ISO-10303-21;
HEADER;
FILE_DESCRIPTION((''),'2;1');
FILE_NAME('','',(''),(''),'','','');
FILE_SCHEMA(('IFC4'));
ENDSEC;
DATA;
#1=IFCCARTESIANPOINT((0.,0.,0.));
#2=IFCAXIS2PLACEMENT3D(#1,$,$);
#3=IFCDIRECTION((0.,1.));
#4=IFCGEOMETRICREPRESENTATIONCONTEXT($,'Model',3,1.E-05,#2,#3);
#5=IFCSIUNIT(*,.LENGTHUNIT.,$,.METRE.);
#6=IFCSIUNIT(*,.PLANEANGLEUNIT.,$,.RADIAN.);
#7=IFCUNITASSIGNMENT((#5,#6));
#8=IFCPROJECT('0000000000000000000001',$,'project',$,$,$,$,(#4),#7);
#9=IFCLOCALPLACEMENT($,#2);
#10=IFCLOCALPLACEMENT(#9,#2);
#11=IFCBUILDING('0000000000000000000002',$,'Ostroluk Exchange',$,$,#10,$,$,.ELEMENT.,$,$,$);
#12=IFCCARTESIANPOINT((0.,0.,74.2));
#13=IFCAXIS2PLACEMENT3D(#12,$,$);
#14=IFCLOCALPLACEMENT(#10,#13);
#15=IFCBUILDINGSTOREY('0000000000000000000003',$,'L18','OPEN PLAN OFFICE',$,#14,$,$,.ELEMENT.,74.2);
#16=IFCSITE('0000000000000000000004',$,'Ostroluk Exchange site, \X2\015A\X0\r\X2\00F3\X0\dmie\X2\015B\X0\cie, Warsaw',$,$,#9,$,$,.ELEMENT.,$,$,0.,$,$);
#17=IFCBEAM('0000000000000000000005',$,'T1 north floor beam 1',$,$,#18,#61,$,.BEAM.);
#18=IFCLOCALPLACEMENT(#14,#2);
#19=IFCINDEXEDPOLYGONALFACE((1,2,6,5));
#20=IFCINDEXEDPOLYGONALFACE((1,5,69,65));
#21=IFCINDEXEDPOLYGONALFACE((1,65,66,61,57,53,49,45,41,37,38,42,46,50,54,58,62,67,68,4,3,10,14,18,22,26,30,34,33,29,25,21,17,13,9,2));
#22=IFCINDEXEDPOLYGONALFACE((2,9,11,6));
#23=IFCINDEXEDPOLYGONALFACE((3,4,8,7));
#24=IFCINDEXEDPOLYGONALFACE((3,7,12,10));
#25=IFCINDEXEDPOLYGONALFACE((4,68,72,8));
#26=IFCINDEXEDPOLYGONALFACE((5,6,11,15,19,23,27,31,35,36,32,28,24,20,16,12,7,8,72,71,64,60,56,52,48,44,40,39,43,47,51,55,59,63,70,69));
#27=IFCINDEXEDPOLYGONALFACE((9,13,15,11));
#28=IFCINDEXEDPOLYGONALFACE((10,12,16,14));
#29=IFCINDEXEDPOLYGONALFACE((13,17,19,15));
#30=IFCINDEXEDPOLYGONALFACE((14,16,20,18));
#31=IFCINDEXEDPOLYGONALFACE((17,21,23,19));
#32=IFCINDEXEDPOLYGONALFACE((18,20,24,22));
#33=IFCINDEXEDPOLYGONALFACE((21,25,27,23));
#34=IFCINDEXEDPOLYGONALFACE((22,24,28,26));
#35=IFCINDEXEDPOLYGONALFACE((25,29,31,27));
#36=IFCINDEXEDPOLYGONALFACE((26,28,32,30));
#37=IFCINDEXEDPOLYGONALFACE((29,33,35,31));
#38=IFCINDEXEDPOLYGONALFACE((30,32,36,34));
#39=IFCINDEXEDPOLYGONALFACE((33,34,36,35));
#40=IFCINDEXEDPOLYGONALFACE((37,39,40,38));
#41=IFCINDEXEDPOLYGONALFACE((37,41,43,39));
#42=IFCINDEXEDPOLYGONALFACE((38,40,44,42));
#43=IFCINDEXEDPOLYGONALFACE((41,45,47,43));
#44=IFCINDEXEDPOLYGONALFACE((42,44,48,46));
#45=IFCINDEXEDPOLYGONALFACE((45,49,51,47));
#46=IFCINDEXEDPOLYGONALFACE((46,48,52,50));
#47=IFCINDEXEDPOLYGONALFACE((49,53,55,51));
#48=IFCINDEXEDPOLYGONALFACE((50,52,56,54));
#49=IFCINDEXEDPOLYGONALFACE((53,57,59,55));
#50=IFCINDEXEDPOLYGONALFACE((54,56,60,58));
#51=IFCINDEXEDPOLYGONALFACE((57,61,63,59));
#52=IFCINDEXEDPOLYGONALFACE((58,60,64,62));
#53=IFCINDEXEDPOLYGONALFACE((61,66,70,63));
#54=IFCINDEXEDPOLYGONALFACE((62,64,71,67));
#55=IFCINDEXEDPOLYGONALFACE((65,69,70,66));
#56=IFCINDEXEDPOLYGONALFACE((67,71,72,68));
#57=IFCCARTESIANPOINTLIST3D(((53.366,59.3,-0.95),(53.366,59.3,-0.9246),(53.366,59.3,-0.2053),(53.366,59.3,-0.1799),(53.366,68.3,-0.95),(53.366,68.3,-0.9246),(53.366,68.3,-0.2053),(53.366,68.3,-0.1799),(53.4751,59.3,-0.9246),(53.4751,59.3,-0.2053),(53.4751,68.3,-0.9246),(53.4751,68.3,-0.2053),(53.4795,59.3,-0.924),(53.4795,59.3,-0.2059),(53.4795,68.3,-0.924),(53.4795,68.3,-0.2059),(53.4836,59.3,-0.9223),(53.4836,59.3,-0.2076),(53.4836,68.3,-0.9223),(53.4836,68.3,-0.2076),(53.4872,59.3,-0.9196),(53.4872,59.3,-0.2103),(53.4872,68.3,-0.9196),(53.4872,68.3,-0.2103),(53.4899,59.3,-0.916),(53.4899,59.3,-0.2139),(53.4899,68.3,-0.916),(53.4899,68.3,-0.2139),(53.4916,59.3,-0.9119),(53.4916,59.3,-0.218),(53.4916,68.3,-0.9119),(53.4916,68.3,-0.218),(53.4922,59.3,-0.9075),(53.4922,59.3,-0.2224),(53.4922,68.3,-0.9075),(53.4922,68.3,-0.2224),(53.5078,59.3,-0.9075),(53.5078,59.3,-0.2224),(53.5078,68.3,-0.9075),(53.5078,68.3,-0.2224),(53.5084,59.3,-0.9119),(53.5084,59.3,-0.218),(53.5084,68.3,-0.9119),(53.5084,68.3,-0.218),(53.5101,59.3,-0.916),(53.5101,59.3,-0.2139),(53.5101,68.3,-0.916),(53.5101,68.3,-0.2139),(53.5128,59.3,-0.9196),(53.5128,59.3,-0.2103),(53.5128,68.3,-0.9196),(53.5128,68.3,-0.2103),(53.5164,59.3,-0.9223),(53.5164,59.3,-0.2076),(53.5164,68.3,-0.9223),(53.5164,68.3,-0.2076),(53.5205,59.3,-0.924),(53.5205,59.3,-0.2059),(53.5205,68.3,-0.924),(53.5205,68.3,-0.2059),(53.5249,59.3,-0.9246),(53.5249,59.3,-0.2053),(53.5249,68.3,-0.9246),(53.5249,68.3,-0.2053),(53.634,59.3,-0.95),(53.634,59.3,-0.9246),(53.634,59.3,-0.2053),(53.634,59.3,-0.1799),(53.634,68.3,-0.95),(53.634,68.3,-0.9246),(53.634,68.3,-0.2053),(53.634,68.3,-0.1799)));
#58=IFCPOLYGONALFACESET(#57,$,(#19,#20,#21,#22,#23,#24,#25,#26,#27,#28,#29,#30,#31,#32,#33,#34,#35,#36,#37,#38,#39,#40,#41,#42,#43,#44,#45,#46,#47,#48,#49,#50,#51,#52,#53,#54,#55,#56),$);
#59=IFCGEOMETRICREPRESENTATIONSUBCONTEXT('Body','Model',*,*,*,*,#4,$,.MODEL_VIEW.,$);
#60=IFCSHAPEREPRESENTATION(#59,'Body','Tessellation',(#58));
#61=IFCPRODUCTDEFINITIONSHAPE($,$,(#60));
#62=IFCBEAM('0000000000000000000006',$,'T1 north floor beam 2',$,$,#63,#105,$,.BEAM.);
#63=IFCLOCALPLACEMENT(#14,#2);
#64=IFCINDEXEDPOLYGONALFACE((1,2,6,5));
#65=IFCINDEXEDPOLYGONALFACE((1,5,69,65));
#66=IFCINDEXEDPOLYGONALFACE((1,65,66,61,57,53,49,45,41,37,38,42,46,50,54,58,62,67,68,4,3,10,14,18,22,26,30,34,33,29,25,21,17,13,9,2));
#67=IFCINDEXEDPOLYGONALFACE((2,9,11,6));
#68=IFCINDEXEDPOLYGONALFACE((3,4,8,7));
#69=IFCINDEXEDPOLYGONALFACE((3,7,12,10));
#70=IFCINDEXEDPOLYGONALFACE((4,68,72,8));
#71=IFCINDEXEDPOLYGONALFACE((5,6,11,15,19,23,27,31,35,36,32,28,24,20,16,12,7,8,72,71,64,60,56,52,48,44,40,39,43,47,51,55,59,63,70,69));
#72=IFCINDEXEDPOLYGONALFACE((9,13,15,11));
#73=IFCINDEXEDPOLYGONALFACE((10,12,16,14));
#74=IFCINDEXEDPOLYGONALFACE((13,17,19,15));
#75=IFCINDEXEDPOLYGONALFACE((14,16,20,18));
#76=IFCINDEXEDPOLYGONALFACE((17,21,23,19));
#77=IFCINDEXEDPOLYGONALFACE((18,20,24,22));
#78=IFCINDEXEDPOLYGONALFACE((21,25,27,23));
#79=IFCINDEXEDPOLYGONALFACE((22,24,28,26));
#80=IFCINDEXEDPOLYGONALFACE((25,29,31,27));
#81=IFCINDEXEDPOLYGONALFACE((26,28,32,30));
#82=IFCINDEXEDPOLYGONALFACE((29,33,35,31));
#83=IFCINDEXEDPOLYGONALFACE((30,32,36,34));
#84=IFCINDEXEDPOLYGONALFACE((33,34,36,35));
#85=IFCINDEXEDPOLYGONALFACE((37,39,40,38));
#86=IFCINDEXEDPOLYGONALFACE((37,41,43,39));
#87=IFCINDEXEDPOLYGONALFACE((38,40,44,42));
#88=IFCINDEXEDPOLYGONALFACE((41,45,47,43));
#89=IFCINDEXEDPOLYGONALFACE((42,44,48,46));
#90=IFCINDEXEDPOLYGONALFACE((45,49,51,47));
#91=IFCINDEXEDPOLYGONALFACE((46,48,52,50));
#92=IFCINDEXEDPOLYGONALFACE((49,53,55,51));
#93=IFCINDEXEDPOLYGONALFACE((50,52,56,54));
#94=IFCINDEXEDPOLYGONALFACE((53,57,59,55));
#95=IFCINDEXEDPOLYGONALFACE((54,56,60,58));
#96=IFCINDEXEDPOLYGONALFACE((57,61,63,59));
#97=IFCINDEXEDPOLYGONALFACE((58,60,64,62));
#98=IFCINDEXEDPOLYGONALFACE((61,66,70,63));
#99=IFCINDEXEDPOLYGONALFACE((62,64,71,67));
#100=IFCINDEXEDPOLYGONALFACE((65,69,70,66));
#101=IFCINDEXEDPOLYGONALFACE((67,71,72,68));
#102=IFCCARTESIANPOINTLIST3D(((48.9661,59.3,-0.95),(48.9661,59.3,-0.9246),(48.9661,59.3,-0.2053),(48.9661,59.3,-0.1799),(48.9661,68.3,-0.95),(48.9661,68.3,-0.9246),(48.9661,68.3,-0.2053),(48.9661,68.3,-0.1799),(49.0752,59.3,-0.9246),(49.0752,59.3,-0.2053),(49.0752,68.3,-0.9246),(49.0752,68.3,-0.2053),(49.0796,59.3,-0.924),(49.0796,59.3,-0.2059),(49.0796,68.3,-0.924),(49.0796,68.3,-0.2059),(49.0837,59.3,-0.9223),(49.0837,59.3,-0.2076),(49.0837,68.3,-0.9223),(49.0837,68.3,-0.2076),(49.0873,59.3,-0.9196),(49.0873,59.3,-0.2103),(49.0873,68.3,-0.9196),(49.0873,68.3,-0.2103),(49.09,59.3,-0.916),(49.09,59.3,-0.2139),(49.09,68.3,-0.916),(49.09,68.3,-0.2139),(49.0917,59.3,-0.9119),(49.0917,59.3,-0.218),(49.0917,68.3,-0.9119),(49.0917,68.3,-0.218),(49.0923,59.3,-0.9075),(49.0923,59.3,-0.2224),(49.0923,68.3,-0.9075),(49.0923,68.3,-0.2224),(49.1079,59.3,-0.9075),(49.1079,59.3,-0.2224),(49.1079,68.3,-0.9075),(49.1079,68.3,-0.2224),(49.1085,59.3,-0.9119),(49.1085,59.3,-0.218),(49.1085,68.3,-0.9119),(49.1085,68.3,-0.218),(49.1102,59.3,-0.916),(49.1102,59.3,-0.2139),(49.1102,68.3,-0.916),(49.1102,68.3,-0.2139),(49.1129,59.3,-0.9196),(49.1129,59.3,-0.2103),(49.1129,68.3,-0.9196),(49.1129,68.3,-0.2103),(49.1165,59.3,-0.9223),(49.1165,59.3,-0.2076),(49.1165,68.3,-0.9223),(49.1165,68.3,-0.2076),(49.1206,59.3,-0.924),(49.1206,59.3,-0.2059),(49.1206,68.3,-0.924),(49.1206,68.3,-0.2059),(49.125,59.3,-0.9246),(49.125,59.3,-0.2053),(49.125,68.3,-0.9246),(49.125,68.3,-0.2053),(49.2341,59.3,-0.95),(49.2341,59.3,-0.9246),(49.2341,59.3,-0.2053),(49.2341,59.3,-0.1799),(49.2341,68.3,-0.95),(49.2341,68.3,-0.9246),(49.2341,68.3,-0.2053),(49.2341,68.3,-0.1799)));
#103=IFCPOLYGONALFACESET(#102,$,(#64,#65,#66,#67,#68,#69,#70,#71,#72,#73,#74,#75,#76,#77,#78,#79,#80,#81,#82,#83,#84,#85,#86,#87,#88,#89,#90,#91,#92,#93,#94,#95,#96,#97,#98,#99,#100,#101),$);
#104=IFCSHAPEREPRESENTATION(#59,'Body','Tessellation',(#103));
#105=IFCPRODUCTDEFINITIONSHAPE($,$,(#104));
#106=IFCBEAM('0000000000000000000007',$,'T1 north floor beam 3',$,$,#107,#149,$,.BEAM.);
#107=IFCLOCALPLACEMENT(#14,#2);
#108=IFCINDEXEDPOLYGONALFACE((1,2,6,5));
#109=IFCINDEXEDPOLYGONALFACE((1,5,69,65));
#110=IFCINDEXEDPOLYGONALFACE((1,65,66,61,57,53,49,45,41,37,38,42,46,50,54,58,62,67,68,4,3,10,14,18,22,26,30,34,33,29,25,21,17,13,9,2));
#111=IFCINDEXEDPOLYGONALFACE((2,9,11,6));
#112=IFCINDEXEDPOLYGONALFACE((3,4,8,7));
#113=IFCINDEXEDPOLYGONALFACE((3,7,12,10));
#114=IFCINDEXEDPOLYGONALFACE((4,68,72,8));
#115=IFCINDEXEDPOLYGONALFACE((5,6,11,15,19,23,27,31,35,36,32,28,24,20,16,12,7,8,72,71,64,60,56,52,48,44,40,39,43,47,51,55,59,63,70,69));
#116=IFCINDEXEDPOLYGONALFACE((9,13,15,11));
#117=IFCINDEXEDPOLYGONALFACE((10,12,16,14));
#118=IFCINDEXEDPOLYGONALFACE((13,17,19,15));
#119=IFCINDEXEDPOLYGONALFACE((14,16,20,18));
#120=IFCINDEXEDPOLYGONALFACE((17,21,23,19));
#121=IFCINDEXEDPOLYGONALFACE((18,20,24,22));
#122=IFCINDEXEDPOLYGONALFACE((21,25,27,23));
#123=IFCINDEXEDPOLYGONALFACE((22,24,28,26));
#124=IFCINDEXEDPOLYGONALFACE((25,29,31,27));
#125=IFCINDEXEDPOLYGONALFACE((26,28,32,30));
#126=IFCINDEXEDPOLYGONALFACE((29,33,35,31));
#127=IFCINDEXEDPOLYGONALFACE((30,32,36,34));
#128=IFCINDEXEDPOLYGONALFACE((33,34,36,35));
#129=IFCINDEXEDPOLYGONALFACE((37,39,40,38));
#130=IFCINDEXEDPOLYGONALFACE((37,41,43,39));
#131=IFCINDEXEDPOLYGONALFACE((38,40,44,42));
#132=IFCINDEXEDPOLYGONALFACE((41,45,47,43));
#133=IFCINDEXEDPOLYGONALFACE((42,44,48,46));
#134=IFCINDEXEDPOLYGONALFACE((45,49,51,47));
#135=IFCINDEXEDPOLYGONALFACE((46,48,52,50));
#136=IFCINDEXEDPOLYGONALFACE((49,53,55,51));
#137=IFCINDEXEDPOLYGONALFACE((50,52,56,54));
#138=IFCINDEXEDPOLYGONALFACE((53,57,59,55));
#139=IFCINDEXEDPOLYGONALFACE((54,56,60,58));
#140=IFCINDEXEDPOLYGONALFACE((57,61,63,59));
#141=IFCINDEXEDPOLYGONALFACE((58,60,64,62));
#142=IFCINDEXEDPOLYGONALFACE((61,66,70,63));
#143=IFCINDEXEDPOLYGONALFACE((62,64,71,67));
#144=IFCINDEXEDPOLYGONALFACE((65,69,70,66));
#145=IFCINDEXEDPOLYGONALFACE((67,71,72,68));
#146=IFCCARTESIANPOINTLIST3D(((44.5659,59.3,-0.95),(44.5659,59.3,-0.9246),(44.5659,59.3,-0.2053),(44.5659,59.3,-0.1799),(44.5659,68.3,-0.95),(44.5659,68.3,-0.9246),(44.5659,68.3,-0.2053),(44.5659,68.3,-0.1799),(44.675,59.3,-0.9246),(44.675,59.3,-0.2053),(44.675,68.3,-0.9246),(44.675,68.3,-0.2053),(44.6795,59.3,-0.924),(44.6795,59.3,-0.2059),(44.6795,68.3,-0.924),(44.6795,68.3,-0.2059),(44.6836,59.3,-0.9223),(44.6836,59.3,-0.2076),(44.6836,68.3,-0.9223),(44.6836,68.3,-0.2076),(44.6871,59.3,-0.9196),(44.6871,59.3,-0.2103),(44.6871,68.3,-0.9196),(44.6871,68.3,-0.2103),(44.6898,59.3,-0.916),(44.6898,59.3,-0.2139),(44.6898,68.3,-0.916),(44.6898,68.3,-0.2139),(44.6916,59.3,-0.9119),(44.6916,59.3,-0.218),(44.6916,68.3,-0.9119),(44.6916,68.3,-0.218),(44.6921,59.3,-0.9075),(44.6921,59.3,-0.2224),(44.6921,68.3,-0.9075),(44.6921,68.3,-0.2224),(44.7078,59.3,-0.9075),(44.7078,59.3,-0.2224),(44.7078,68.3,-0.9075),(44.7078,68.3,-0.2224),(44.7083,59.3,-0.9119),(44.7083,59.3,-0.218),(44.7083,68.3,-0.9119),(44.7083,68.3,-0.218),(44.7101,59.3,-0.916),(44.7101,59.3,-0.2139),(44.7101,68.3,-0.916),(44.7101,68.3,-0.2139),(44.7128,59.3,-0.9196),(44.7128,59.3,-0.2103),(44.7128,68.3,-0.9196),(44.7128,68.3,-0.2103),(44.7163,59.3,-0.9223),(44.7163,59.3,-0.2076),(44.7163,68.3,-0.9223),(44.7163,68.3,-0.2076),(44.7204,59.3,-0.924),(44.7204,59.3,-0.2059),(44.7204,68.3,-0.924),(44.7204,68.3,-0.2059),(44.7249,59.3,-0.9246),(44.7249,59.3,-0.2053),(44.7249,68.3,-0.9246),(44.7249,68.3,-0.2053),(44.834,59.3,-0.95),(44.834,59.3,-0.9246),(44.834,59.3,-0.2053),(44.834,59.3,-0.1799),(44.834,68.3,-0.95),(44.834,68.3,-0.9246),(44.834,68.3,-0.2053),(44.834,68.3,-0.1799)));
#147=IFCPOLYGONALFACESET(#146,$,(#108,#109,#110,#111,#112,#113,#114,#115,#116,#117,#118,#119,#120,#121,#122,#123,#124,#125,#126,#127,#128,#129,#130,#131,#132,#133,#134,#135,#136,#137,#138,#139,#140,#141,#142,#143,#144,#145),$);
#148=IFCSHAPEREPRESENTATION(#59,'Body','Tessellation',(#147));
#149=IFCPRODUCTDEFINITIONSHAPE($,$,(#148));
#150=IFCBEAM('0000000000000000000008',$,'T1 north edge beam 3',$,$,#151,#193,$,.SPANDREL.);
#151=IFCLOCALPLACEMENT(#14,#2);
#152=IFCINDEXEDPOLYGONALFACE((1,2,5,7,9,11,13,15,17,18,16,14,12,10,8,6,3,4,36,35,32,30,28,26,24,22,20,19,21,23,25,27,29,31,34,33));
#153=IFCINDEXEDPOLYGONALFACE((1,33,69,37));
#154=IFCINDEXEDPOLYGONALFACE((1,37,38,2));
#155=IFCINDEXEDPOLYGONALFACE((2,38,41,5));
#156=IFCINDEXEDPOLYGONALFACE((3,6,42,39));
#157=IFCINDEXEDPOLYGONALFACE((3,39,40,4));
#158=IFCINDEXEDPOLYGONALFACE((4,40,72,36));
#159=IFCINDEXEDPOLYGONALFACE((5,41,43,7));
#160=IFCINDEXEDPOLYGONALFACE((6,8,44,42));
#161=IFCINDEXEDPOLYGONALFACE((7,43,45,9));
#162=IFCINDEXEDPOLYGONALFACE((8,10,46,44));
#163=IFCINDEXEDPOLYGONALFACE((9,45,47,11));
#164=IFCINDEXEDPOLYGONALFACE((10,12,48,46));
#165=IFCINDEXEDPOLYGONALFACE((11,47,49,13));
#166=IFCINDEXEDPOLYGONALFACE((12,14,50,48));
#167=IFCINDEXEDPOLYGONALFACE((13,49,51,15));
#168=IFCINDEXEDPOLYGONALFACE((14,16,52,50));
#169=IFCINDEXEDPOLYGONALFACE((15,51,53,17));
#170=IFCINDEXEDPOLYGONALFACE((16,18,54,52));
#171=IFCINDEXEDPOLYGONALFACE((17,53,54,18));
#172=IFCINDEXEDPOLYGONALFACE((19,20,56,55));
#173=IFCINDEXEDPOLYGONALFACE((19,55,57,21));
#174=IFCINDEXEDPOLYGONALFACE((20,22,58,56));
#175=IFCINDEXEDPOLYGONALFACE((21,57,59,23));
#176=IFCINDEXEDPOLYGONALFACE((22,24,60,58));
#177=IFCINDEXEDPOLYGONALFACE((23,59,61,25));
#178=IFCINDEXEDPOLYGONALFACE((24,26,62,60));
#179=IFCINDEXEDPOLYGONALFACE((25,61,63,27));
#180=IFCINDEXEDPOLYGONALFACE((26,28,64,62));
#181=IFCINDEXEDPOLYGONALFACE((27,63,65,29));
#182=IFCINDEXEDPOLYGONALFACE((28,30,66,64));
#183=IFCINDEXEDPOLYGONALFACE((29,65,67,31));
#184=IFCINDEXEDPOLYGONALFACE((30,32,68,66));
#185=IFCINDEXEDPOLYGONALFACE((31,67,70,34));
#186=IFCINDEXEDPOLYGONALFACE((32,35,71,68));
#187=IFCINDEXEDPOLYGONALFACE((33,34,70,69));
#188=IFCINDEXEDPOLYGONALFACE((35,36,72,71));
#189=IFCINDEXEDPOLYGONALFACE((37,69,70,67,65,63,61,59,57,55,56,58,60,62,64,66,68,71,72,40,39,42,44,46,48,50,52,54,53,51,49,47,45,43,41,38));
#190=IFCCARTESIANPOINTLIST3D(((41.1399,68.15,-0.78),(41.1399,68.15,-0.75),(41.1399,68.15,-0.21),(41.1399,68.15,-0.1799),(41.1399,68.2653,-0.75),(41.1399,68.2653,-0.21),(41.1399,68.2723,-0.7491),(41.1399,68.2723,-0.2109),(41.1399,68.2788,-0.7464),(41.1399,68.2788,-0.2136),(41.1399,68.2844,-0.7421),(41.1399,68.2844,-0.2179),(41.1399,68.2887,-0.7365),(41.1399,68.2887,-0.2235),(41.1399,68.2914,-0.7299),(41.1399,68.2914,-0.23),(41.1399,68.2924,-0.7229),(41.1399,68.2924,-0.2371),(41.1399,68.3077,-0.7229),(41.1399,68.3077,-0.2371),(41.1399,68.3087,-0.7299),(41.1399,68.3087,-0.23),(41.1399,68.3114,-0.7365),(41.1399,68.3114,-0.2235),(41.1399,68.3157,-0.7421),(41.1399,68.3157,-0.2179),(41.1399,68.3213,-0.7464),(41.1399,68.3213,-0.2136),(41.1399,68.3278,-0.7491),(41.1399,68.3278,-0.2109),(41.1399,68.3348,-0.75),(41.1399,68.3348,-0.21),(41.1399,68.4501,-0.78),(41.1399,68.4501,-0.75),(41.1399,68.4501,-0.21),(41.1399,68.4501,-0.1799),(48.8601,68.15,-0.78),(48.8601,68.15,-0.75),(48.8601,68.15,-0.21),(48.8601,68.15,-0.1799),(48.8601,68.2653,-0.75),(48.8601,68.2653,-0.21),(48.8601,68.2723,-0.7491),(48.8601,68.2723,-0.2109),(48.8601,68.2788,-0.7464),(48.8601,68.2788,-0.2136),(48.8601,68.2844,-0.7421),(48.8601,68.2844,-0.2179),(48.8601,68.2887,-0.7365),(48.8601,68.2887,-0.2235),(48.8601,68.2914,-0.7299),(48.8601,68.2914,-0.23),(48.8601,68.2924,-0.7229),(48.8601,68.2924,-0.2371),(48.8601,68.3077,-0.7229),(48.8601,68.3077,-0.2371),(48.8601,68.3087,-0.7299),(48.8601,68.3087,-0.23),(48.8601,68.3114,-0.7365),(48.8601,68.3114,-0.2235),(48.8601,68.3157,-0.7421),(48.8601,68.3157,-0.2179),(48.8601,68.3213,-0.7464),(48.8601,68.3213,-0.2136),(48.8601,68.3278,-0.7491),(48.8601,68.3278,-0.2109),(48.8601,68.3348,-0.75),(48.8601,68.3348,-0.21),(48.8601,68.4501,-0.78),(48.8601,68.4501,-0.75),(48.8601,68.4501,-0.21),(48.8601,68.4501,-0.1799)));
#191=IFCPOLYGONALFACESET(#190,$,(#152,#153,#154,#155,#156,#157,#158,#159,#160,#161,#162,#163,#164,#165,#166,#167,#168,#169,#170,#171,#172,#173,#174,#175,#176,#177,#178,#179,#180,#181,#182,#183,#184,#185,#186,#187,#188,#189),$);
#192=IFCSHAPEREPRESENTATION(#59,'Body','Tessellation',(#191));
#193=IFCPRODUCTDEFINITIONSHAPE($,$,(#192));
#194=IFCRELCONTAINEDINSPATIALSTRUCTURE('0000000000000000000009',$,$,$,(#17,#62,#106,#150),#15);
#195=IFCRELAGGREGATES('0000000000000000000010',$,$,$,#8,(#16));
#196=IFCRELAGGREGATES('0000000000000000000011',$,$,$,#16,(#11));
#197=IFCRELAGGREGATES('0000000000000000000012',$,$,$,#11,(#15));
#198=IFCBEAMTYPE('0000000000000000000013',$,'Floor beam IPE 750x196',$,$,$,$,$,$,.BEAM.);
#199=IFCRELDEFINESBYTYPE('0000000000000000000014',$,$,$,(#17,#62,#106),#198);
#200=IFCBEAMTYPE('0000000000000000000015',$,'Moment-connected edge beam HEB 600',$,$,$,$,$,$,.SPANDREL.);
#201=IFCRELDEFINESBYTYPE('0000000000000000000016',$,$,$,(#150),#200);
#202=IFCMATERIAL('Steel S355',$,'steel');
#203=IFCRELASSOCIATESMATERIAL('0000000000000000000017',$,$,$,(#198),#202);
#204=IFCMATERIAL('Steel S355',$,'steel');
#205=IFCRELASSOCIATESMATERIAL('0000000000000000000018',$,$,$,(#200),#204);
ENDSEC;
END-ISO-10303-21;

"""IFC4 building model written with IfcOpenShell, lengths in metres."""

from ifc_helpers import new_model, si_unit, direction, frame, origin, origin_2d, place, context, subcontext, project, spatial, i_section, extrude, material, material_profile, profile_set, type_object, element, save


model = new_model("IFC4")

# Units and contexts
model_context = context("Model", 3, precision=1e-05, world=origin(), true_north=direction((0.0, 1.0)))
body_context = subcontext(model_context, "Body", "Model", "MODEL_VIEW")
ifc_project = project(units=[si_unit("LENGTHUNIT", "METRE"), si_unit("PLANEANGLEUNIT", "RADIAN")], contexts=[model_context])

# Site, building, storey
site_placement = place(None, origin())
site = spatial("IfcSite", under=ifc_project, at=site_placement, Name="Ostroluk Exchange site, Śródmieście, Warsaw", CompositionType="ELEMENT", RefElevation=0.0)
building_placement = place(site_placement, origin())
building = spatial("IfcBuilding", under=site, at=building_placement, Name="Ostroluk Exchange", CompositionType="ELEMENT")
storey_placement = place(building_placement, frame((0.0, 0.0, 74.2)))
storey = spatial("IfcBuildingStorey", under=building, at=storey_placement, Name="L18", Description="OPEN PLAN OFFICE", CompositionType="ELEMENT", Elevation=74.2)

# Beams
ifc_material_1 = material(Name="Steel S355", Category="steel")
ifc_material_profile_1 = material_profile(ifc_material_1, i_section(OverallWidth=0.2681, OverallDepth=0.77, WebThickness=0.0156, FlangeThickness=0.0254, FilletRadius=0.0171, at=origin_2d()), Name="IPE 750x196")
ifc_profile_set_1 = profile_set([ifc_material_profile_1], Name="Steel S355")
beam_type_1 = type_object("IfcBeamType", Name="Floor beam IPE 750x196", PredefinedType="BEAM", material=ifc_profile_set_1)
for number, where, z_axis, x_axis, name in (
    (1, (53.5, 59.3, -0.5649), (0.0, 1.0, 0.0), (-1.0, 0.0, 0.0), "T1 north floor beam 1"),
    (2, (49.1001, 59.3, -0.5649), (0.0, 1.0, 0.0), (-1.0, 0.0, 0.0), "T1 north floor beam 2"),
    (3, (44.7, 59.3, -0.5649), (0.0, 1.0, 0.0), (-1.0, 0.0, 0.0), "T1 north floor beam 3"),
):
    element("IfcBeam", number, at=place(storey_placement, frame(where, z_axis=z_axis, x_axis=x_axis)), inside=storey, type_object=beam_type_1, Name=name, PredefinedType="BEAM", context=body_context, shape_type="SweptSolid", body=[
        extrude(i_section(OverallWidth=0.2681, OverallDepth=0.77, WebThickness=0.0156, FlangeThickness=0.0254, FilletRadius=0.0171, at=origin_2d()), origin(), (0.0, 0.0, 1.0), 9.0),
    ])
ifc_material_2 = material(Name="Steel S355", Category="steel")
ifc_material_profile_2 = material_profile(ifc_material_2, i_section(OverallWidth=0.3, OverallDepth=0.6001, WebThickness=0.0154, FlangeThickness=0.03, FilletRadius=0.0271, at=origin_2d()), Name="HEB 600")
ifc_profile_set_2 = profile_set([ifc_material_profile_2], Name="Steel S355")
beam_type_2 = type_object("IfcBeamType", Name="Moment-connected edge beam HEB 600", PredefinedType="SPANDREL", material=ifc_profile_set_2)
beam_1_placement = place(storey_placement, frame((48.8601, 68.3, -0.48), z_axis=(-1.0, 0.0, 0.0), x_axis=(0.0, -1.0, 0.0)))
element("IfcBeam", 4, at=beam_1_placement, inside=storey, type_object=beam_type_2, Name="T1 north edge beam 3", PredefinedType="SPANDREL", context=body_context, shape_type="SweptSolid", body=[
    extrude(i_section(OverallWidth=0.3, OverallDepth=0.6001, WebThickness=0.0154, FlangeThickness=0.03, FilletRadius=0.0271, at=origin_2d()), origin(), (0.0, 0.0, 1.0), 7.7202),
])

save(model, "model.ifc")
